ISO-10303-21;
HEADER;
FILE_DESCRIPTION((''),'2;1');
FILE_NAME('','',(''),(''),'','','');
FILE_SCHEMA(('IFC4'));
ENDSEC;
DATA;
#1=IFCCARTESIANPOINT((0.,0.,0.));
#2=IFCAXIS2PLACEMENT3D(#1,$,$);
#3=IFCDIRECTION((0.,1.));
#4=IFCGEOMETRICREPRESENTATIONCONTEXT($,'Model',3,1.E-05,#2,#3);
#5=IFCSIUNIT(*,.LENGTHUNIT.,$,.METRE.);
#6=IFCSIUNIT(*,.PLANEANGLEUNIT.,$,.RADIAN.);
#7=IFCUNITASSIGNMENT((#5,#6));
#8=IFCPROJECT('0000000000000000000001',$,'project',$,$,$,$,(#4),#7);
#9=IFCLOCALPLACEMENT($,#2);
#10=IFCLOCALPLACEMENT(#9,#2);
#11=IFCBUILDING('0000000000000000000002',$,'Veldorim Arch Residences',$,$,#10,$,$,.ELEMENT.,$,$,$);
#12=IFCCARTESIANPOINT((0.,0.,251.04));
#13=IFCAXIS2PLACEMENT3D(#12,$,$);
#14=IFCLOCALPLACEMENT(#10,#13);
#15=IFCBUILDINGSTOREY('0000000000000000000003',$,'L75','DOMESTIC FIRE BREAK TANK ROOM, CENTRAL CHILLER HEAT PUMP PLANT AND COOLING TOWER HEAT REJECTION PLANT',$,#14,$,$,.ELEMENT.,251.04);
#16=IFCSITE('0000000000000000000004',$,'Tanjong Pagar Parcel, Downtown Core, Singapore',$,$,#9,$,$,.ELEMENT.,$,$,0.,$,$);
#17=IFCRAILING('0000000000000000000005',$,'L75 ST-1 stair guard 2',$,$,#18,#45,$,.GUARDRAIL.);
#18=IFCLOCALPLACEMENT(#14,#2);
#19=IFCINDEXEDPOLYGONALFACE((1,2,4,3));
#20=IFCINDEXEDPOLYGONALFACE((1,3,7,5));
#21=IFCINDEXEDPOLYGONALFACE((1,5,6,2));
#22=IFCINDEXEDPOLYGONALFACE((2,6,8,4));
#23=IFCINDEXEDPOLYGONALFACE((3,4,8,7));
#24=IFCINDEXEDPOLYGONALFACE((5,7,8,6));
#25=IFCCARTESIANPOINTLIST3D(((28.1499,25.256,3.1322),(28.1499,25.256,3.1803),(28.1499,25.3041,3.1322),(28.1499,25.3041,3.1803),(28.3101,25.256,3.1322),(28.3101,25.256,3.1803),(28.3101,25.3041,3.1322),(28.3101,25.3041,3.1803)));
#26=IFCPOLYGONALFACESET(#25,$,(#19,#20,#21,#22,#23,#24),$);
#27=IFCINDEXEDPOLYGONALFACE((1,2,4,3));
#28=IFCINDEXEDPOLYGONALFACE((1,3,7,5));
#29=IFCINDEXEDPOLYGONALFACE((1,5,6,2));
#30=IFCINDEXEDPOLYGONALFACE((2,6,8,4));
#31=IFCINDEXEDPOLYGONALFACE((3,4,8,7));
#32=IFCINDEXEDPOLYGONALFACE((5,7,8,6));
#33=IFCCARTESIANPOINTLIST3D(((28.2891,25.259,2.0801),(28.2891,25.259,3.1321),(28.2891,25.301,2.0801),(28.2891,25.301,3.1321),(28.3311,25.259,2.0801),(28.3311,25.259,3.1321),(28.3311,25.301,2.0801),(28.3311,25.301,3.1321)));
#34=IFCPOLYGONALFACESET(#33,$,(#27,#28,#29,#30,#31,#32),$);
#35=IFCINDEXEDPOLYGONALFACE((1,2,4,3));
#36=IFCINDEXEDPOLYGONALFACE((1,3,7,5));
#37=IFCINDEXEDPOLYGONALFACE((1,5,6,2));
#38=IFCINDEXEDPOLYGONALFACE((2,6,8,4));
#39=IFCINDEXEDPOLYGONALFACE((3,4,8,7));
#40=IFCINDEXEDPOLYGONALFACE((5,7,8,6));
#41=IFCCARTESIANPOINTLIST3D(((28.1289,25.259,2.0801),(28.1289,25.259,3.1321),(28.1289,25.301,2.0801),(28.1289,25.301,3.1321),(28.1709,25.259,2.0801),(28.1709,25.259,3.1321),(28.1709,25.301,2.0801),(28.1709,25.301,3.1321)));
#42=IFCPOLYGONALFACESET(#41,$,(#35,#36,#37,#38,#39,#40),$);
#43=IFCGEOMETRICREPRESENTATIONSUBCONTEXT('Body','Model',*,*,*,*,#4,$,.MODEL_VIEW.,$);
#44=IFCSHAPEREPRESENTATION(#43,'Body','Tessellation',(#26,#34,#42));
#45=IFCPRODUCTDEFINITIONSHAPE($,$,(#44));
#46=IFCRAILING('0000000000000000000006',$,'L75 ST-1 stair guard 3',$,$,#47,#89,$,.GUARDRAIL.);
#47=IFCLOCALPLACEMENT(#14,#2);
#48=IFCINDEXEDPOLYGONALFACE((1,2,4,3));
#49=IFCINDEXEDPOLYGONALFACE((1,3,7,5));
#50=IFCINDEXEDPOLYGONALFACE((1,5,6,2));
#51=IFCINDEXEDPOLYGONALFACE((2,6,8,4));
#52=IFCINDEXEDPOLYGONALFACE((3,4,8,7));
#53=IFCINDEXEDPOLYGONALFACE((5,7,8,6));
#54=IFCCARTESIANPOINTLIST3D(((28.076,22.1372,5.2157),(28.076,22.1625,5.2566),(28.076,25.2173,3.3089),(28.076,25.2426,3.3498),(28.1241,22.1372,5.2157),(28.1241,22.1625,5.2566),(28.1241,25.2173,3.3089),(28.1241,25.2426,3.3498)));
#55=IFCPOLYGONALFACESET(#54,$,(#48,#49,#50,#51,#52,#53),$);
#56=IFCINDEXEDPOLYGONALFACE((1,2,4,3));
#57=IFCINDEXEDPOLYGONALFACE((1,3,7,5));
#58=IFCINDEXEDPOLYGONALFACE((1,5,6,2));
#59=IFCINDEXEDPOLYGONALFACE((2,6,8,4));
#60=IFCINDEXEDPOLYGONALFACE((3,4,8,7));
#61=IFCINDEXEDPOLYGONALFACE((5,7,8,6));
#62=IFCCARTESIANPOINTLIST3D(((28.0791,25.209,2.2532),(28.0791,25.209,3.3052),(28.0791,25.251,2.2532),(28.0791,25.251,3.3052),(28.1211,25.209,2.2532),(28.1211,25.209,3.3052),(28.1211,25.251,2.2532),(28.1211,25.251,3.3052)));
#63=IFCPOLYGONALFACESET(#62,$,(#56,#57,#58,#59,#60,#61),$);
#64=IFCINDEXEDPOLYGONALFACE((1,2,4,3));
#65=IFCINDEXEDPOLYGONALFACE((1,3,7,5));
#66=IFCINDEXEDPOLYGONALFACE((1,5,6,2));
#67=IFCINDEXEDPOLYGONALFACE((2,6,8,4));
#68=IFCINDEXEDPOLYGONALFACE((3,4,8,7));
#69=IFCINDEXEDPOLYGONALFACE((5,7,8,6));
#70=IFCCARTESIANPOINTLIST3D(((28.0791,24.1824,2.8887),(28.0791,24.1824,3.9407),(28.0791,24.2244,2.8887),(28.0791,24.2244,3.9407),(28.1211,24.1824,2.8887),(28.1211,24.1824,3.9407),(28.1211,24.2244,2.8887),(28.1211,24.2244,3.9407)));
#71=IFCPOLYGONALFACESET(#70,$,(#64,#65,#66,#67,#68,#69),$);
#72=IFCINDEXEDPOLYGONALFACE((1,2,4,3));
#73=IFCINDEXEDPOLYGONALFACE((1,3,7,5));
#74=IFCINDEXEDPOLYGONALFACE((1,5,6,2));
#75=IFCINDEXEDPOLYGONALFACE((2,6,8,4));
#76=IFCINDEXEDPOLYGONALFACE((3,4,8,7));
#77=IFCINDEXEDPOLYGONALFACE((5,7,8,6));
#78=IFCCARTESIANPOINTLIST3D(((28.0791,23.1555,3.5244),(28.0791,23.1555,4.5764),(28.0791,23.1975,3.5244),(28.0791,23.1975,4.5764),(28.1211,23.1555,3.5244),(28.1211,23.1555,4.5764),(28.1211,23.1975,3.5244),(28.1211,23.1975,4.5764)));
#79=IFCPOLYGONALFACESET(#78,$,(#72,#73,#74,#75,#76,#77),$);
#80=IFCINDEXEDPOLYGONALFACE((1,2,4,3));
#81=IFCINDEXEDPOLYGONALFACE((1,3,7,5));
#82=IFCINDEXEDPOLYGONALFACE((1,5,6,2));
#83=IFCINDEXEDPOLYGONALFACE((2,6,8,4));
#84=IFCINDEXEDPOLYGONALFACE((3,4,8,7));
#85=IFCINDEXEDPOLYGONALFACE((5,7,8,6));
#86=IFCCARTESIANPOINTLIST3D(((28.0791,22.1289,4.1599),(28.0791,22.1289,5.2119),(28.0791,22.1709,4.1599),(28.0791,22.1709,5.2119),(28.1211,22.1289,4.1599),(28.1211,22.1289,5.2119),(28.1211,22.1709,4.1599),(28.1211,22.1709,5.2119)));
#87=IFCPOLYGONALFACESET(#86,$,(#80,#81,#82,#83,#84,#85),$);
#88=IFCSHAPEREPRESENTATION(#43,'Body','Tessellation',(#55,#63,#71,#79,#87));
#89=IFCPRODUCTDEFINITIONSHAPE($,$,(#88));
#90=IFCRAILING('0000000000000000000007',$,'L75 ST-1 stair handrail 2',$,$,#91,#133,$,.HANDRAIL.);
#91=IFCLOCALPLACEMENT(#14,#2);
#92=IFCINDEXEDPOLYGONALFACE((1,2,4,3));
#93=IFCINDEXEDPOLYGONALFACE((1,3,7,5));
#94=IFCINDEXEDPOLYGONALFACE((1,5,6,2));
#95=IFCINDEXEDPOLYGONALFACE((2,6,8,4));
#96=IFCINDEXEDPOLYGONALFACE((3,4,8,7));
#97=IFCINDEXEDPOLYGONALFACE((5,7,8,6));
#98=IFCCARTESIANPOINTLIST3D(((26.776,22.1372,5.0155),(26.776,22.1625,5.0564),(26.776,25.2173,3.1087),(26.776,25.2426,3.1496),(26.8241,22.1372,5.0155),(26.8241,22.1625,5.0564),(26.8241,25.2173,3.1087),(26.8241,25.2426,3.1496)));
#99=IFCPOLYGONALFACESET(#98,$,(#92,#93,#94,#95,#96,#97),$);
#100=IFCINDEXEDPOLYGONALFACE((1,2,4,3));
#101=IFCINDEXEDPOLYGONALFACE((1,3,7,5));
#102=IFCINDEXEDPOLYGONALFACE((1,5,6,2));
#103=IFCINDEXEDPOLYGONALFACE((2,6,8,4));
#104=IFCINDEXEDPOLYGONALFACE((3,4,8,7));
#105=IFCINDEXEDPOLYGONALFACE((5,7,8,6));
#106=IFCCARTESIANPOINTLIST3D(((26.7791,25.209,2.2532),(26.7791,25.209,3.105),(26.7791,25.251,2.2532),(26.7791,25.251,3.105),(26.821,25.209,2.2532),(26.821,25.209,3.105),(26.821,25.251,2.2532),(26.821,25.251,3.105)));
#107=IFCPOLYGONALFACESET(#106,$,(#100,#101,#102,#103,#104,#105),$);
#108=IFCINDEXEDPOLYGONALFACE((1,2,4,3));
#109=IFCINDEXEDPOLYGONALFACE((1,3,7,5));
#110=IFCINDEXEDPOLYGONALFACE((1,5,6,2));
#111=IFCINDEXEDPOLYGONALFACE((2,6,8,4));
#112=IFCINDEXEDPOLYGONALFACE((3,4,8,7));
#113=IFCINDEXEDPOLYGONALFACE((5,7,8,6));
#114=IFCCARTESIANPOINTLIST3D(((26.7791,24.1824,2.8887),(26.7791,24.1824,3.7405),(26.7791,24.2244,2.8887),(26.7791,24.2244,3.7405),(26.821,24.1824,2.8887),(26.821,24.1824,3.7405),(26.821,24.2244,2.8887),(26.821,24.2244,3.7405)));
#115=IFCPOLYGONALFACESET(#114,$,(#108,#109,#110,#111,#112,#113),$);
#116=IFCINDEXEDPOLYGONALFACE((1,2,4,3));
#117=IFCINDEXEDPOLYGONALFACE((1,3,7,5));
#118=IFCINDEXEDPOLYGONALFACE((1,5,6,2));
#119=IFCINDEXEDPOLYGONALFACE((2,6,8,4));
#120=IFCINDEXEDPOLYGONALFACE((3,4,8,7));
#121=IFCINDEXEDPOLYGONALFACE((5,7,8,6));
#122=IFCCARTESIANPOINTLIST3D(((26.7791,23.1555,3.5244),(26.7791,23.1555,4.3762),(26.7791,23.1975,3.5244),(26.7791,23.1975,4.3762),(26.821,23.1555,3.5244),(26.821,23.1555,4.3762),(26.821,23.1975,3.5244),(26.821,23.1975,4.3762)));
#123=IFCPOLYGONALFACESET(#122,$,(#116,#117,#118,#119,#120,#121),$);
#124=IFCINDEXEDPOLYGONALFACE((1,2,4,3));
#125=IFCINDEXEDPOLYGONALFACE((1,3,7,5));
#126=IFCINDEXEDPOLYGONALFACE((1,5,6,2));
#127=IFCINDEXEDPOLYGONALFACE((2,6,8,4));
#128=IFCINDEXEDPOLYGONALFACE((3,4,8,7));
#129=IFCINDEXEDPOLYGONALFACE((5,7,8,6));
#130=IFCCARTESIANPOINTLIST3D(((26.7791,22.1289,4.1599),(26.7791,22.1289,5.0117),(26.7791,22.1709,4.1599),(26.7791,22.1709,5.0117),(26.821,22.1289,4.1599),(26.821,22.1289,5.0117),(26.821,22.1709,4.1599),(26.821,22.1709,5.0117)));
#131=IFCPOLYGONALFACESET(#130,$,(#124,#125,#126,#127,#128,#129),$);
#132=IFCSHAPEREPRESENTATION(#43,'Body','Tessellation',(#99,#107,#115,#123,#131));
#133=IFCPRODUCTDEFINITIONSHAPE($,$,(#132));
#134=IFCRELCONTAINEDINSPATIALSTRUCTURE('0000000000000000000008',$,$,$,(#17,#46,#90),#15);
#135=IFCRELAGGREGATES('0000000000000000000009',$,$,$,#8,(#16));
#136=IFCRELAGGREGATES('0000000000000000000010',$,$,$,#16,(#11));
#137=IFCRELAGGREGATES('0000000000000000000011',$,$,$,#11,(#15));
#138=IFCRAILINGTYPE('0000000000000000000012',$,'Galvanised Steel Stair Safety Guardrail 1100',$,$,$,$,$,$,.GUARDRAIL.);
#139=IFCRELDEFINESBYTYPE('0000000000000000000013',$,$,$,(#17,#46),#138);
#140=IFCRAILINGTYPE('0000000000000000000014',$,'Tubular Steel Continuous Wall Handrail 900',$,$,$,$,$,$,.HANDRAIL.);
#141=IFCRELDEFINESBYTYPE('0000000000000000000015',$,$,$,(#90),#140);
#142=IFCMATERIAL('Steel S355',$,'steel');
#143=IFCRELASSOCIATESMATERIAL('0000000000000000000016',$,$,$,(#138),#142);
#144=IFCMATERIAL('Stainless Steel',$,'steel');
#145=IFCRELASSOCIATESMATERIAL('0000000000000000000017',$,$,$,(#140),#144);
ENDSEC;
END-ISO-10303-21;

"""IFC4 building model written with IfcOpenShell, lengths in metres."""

from ifc_helpers import new_model, si_unit, direction, frame, origin, origin_2d, place, context, subcontext, project, spatial, rectangle, extrude, material, type_object, element, save


model = new_model("IFC4")

# Units and contexts
model_context = context("Model", 3, precision=1e-05, world=origin(), true_north=direction((0.0, 1.0)))
body_context = subcontext(model_context, "Body", "Model", "MODEL_VIEW")
ifc_project = project(units=[si_unit("LENGTHUNIT", "METRE"), si_unit("PLANEANGLEUNIT", "RADIAN")], contexts=[model_context])

# Site, building, storey
site_placement = place(None, origin())
site = spatial("IfcSite", under=ifc_project, at=site_placement, Name="Tanjong Pagar Parcel, Downtown Core, Singapore", CompositionType="ELEMENT", RefElevation=0.0)
building_placement = place(site_placement, origin())
building = spatial("IfcBuilding", under=site, at=building_placement, Name="Veldorim Arch Residences", CompositionType="ELEMENT")
storey_placement = place(building_placement, frame((0.0, 0.0, 251.04)))
storey = spatial("IfcBuildingStorey", under=building, at=storey_placement, Name="L75", Description="DOMESTIC FIRE BREAK TANK ROOM, CENTRAL CHILLER HEAT PUMP PLANT AND COOLING TOWER HEAT REJECTION PLANT", CompositionType="ELEMENT", Elevation=251.04)

# Railings
ifc_material_1 = material(Name="Steel S355", Category="steel")
railing_type_1 = type_object("IfcRailingType", Name="Galvanised Steel Stair Safety Guardrail 1100", PredefinedType="GUARDRAIL", material=ifc_material_1)
railing_1_placement = place(storey_placement, frame((28.3101, 25.28, 2.0801)))
element("IfcRailing", 1, at=railing_1_placement, inside=storey, type_object=railing_type_1, Name="L75 ST-1 stair guard 2", PredefinedType="GUARDRAIL", context=body_context, shape_type="SweptSolid", body=[
    extrude(rectangle(XDim=0.0481, YDim=0.0481, at=origin_2d()), frame((0.0, 0.0, 1.0762), z_axis=(-1.0, 0.0, 0.0), x_axis=(0.0, -1.0, 0.0)), (0.0, 0.0, 1.0), 0.1602),
    extrude(rectangle(XDim=0.042, YDim=0.042, at=origin_2d()), origin(), (0.0, 0.0, 1.0), 1.052),
    extrude(rectangle(XDim=0.042, YDim=0.042, at=origin_2d()), frame((-0.1602, 0.0, 0.0)), (0.0, 0.0, 1.0), 1.052),
])
railing_2_placement = place(storey_placement, frame((28.1001, 25.23, 2.2532)))
element("IfcRailing", 2, at=railing_2_placement, inside=storey, type_object=railing_type_1, Name="L75 ST-1 stair guard 3", PredefinedType="GUARDRAIL", context=body_context, shape_type="SweptSolid", body=[
    extrude(rectangle(XDim=0.0481, YDim=0.0481, at=origin_2d()), frame((0.0, 0.0, 1.0762), z_axis=(0.0, -0.850262, 0.526359), x_axis=(1.0, 0.0, 0.0)), (0.0, 0.0, 1.0), 3.6226),
    extrude(rectangle(XDim=0.042, YDim=0.042, at=origin_2d()), origin(), (0.0, 0.0, 1.0), 1.052),
    extrude(rectangle(XDim=0.042, YDim=0.042, at=origin_2d()), frame((0.0, -1.0266, 0.6355)), (0.0, 0.0, 1.0), 1.052),
    extrude(rectangle(XDim=0.042, YDim=0.042, at=origin_2d()), frame((0.0, -2.0535, 1.2712)), (0.0, 0.0, 1.0), 1.052),
    extrude(rectangle(XDim=0.042, YDim=0.042, at=origin_2d()), frame((0.0, -3.0801, 1.9067)), (0.0, 0.0, 1.0), 1.052),
])
ifc_material_2 = material(Name="Stainless Steel", Category="steel")
railing_type_2 = type_object("IfcRailingType", Name="Tubular Steel Continuous Wall Handrail 900", PredefinedType="HANDRAIL", material=ifc_material_2)
railing_3_placement = place(storey_placement, frame((26.8, 25.23, 2.2532)))
element("IfcRailing", 3, at=railing_3_placement, inside=storey, type_object=railing_type_2, Name="L75 ST-1 stair handrail 2", PredefinedType="HANDRAIL", context=body_context, shape_type="SweptSolid", body=[
    extrude(rectangle(XDim=0.0481, YDim=0.0481, at=origin_2d()), frame((0.0, 0.0, 0.876), z_axis=(0.0, -0.850262, 0.526359), x_axis=(1.0, 0.0, 0.0)), (0.0, 0.0, 1.0), 3.6226),
    extrude(rectangle(XDim=0.042, YDim=0.042, at=origin_2d()), origin(), (0.0, 0.0, 1.0), 0.8518),
    extrude(rectangle(XDim=0.042, YDim=0.042, at=origin_2d()), frame((0.0, -1.0266, 0.6355)), (0.0, 0.0, 1.0), 0.8518),
    extrude(rectangle(XDim=0.042, YDim=0.042, at=origin_2d()), frame((0.0, -2.0535, 1.2712)), (0.0, 0.0, 1.0), 0.8518),
    extrude(rectangle(XDim=0.042, YDim=0.042, at=origin_2d()), frame((0.0, -3.0801, 1.9067)), (0.0, 0.0, 1.0), 0.8518),
])

save(model, "model.ifc")
